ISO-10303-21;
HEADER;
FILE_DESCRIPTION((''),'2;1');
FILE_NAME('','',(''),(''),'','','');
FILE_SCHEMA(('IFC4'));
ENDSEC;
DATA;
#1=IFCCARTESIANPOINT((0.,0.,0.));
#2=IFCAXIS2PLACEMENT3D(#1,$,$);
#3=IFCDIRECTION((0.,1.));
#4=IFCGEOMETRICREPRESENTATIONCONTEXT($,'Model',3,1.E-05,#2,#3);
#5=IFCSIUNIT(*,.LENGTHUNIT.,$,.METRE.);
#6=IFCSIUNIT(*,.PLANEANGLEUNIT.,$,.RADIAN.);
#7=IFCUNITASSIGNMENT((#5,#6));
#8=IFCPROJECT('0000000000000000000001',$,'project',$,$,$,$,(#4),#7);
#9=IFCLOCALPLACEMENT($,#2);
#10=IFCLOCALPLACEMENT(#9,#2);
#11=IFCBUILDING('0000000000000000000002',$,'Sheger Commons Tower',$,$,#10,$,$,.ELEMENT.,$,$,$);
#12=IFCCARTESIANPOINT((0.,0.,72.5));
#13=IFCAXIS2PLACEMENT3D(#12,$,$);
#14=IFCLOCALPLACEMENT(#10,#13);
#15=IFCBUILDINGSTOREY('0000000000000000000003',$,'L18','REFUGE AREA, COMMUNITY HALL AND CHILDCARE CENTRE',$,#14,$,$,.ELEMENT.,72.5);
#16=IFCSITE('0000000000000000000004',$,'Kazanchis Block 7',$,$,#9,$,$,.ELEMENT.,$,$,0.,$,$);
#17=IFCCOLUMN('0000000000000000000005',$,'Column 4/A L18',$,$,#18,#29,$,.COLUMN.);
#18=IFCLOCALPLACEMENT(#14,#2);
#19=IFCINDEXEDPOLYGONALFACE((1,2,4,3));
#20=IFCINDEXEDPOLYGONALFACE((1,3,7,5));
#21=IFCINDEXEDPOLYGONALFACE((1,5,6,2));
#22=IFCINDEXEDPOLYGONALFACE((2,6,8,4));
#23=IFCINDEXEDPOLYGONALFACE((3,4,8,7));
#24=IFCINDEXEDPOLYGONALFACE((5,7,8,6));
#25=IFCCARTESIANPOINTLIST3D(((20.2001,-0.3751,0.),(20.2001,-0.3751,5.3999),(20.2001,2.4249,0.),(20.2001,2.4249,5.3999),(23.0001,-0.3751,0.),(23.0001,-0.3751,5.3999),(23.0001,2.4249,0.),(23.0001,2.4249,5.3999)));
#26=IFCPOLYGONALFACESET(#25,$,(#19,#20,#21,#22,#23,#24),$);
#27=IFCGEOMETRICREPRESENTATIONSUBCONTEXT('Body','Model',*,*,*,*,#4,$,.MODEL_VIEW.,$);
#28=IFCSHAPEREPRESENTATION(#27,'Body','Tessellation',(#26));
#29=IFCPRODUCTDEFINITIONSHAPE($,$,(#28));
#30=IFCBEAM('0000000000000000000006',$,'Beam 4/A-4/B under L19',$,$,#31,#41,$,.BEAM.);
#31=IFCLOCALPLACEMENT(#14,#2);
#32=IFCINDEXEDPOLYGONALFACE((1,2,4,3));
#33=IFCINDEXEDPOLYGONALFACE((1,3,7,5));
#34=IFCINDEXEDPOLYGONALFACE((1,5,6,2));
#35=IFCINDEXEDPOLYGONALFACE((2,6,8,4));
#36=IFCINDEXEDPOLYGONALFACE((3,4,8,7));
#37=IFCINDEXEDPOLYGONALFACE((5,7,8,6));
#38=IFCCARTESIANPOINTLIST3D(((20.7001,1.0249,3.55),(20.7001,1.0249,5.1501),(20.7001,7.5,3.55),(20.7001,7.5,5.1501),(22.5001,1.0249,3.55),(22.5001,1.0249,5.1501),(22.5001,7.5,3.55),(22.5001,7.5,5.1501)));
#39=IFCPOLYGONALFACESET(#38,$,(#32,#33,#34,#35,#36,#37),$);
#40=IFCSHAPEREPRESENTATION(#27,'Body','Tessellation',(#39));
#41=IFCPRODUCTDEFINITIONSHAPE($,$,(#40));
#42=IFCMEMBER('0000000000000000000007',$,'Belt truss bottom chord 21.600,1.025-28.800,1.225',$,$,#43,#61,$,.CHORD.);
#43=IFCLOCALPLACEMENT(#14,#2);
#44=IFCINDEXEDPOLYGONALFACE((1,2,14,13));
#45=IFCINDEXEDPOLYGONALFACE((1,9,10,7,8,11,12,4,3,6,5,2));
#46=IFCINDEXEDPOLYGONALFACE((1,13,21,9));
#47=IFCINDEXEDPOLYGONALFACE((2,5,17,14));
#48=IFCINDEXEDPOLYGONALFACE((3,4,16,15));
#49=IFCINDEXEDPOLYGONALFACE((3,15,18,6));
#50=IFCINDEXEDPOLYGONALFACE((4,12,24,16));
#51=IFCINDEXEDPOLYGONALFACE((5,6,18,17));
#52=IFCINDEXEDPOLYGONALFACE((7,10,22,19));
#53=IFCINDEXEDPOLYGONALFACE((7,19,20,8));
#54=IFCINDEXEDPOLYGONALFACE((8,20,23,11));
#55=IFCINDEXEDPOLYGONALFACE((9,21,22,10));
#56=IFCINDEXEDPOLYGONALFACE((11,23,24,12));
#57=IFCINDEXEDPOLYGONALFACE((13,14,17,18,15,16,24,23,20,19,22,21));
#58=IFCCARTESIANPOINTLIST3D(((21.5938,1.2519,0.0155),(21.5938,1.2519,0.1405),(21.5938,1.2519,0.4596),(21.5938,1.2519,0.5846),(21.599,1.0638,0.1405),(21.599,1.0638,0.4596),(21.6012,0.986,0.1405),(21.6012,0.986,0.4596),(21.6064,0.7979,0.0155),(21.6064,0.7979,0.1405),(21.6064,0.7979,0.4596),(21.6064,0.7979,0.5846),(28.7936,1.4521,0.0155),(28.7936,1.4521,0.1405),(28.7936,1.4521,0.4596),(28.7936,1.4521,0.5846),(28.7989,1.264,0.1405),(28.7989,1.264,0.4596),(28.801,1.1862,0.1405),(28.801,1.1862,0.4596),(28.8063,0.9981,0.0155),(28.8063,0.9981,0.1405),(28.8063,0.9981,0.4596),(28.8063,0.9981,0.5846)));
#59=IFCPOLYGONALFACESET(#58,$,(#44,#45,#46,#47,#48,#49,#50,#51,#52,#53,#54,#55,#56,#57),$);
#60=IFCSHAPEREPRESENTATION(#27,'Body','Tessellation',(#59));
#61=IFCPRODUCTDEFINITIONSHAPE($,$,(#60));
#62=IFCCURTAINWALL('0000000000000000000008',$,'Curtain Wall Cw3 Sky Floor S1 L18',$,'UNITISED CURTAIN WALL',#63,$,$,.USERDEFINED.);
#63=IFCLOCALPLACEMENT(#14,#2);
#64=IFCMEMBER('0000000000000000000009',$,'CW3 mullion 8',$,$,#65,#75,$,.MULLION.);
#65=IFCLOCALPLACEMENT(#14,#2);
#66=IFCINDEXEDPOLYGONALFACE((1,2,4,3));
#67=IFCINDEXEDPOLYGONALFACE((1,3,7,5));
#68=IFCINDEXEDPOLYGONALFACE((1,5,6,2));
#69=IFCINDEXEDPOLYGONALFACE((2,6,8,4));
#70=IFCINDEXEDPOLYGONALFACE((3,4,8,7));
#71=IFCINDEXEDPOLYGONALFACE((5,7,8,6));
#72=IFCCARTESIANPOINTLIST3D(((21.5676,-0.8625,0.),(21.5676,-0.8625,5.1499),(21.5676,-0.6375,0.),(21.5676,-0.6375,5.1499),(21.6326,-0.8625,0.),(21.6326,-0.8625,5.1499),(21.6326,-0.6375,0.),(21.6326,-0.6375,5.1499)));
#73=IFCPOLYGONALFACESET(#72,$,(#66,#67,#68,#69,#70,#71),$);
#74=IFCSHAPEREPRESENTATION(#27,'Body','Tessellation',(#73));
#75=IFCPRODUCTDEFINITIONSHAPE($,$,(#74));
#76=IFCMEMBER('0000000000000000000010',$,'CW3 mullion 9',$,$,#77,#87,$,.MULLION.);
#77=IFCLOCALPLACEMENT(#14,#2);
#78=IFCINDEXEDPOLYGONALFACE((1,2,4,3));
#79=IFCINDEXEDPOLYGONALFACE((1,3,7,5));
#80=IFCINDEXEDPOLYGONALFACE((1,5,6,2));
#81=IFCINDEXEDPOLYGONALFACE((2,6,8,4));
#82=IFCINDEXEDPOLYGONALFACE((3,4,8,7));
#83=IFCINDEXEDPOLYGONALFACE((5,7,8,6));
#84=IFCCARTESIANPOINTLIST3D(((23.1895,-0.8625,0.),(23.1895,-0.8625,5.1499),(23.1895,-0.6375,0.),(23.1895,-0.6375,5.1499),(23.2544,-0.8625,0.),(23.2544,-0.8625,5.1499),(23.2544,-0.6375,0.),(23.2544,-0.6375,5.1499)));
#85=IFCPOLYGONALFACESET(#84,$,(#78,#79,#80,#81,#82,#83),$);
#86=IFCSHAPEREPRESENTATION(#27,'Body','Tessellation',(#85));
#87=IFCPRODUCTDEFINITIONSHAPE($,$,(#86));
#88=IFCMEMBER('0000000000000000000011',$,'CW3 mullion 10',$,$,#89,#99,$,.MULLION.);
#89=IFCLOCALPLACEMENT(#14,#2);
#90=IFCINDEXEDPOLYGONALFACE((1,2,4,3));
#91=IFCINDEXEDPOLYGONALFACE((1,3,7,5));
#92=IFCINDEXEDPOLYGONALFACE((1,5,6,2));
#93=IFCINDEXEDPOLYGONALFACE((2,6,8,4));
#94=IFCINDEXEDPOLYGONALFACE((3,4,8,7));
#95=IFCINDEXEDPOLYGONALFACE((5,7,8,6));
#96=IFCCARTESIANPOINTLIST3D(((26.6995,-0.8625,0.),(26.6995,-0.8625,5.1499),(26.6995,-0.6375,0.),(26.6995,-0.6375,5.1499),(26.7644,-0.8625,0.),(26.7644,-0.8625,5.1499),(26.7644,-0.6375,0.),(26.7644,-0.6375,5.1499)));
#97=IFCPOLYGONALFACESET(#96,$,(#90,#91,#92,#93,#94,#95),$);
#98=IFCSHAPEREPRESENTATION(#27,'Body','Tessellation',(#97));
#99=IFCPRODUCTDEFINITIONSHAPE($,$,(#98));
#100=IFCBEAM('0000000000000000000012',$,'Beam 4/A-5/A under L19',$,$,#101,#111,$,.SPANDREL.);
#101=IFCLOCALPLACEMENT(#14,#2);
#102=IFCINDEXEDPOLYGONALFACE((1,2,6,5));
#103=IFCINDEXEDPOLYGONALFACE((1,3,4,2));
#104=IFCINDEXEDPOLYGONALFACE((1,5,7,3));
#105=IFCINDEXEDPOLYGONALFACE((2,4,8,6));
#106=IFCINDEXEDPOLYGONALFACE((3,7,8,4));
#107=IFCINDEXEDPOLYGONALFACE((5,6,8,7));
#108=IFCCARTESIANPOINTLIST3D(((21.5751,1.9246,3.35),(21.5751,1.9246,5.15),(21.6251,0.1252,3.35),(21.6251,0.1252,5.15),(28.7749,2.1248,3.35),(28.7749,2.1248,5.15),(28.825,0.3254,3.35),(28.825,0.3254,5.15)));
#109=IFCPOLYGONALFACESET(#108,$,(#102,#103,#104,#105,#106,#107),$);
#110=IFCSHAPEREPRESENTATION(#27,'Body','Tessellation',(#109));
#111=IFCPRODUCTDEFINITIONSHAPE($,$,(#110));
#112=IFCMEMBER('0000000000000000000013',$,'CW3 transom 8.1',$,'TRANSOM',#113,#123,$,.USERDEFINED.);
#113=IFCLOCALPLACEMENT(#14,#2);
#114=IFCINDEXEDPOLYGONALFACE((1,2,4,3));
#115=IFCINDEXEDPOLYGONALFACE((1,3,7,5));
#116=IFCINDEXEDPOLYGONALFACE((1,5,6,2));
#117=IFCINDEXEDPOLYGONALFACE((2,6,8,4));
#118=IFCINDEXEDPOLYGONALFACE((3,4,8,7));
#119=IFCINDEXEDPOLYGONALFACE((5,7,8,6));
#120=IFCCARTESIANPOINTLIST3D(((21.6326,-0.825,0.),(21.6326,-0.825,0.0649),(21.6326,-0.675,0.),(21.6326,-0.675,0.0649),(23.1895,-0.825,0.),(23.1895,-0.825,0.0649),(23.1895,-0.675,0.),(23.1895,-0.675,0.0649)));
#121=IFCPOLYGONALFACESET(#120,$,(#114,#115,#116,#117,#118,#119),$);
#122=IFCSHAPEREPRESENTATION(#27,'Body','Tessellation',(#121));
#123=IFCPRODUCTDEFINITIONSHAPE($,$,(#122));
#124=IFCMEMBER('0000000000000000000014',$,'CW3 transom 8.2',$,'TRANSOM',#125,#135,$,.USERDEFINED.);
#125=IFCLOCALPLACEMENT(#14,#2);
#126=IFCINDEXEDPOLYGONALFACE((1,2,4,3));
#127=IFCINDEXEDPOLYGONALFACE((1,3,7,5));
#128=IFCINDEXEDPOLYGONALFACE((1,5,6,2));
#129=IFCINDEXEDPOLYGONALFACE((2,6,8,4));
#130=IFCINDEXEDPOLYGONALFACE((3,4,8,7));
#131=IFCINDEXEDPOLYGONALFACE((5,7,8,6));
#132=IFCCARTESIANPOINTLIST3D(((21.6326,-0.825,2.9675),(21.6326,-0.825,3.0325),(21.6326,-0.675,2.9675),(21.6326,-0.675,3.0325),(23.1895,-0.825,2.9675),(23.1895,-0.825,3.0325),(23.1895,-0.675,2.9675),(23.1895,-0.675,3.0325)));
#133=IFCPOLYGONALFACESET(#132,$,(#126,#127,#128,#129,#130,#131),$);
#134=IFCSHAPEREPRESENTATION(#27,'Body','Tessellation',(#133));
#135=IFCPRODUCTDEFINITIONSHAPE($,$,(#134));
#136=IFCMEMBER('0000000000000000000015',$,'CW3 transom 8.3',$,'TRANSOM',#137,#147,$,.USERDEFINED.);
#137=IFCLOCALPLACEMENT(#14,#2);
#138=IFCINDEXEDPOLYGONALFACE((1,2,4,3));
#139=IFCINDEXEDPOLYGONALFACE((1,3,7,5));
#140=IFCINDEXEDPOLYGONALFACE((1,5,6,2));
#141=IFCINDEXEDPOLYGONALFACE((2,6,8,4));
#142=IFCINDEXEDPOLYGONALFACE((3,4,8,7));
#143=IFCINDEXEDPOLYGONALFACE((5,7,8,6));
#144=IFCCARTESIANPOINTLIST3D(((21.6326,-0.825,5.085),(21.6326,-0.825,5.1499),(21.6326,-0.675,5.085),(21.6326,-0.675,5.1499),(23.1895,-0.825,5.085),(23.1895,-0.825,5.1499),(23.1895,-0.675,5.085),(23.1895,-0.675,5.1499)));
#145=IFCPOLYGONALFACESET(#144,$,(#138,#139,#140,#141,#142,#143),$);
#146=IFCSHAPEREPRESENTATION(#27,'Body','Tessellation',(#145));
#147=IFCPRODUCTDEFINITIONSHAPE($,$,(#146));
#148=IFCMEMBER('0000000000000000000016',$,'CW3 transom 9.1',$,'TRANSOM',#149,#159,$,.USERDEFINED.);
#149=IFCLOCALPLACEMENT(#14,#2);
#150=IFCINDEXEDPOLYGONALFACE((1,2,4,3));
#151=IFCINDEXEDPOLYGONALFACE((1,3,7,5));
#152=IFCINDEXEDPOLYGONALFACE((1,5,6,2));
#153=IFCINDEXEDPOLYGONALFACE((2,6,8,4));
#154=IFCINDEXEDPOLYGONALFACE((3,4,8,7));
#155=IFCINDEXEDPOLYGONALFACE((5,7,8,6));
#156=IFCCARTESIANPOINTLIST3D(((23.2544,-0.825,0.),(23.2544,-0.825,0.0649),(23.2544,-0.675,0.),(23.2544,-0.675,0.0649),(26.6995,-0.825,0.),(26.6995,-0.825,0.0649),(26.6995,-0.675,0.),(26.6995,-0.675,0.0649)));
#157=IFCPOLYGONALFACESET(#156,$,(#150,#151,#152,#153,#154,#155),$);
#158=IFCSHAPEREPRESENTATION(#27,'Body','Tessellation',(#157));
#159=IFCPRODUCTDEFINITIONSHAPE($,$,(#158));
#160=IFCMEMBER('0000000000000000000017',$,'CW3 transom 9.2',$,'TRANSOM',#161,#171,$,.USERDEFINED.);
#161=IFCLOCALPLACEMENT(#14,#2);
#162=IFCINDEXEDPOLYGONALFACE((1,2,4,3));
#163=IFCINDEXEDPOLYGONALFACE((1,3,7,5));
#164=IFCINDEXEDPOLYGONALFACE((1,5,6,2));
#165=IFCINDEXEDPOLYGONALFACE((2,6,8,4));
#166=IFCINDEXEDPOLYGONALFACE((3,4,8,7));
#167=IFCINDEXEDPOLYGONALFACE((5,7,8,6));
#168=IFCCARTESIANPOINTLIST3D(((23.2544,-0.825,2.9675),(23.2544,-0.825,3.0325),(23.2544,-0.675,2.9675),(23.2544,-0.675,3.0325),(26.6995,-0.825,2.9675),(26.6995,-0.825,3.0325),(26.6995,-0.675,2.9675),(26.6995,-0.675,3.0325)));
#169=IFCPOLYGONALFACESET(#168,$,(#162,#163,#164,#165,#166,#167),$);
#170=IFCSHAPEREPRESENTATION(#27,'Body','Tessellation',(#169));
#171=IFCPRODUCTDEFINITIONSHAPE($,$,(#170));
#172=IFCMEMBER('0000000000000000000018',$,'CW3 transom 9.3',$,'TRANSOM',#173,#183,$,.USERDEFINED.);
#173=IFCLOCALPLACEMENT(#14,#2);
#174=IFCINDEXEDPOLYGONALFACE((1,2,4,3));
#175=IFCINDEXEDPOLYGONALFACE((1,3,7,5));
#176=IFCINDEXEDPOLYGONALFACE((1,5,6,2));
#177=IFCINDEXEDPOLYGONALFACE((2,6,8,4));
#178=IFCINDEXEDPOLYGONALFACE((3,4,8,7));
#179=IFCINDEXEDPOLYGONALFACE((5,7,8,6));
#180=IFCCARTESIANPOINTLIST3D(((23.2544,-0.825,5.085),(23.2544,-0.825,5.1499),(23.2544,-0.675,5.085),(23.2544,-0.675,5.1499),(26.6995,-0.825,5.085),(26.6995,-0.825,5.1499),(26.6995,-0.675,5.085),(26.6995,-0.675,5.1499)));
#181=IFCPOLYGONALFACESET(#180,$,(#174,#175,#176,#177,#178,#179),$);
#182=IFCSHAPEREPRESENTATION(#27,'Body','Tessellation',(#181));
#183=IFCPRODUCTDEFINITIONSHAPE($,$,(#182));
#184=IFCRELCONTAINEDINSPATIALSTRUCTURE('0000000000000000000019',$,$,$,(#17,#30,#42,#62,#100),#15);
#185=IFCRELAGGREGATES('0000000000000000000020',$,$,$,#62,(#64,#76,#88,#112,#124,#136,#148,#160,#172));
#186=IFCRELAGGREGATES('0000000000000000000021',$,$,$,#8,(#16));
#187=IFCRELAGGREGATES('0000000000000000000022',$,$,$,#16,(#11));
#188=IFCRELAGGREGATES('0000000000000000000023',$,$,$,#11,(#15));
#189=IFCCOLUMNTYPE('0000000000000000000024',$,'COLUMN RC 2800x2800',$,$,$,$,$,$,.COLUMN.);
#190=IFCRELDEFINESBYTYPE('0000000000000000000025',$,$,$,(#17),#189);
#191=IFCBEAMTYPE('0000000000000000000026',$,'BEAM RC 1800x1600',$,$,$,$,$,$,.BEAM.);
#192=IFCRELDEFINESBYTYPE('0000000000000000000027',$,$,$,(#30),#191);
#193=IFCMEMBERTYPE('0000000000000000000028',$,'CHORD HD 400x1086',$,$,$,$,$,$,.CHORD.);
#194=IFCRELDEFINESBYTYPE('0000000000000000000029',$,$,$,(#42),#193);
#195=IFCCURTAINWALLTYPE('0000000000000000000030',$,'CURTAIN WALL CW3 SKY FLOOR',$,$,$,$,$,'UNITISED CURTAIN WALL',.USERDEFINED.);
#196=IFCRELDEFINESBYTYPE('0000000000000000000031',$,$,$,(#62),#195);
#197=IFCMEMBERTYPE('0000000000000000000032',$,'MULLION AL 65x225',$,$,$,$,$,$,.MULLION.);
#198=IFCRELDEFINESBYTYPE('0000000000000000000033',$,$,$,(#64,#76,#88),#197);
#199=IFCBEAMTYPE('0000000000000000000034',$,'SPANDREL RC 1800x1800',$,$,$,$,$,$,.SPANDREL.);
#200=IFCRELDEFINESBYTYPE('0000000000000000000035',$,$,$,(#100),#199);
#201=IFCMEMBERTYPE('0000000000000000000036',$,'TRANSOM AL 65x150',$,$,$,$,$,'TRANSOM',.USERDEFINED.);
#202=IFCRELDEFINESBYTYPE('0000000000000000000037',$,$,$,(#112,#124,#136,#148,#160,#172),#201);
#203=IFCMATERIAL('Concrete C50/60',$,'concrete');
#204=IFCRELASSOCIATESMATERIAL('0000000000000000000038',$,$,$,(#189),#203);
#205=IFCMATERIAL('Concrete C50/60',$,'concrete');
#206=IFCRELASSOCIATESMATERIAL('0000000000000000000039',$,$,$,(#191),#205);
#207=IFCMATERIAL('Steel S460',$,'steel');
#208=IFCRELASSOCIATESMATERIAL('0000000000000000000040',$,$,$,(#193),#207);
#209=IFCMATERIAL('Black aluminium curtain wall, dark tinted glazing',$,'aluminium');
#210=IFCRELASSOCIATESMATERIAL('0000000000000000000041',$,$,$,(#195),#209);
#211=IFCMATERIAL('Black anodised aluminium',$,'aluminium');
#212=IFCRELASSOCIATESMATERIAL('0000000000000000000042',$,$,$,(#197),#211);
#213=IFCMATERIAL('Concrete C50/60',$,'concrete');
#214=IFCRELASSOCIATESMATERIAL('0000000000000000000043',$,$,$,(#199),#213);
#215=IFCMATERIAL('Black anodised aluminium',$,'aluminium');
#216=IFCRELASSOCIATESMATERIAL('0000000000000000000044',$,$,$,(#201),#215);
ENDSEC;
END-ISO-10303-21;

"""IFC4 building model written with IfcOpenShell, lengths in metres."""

from ifc_helpers import new_model, si_unit, direction, frame, origin, origin_2d, place, context, subcontext, project, spatial, rectangle, i_section, extrude, material, material_profile, profile_set, type_object, element, aggregate, save


model = new_model("IFC4")

# Units and contexts
model_context = context("Model", 3, precision=1e-05, world=origin(), true_north=direction((0.0, 1.0)))
body_context = subcontext(model_context, "Body", "Model", "MODEL_VIEW")
ifc_project = project(units=[si_unit("LENGTHUNIT", "METRE"), si_unit("PLANEANGLEUNIT", "RADIAN")], contexts=[model_context])

# Site, building, storey
site_placement = place(None, origin())
site = spatial("IfcSite", under=ifc_project, at=site_placement, Name="Kazanchis Block 7", CompositionType="ELEMENT", RefElevation=0.0)
building_placement = place(site_placement, origin())
building = spatial("IfcBuilding", under=site, at=building_placement, Name="Sheger Commons Tower", CompositionType="ELEMENT")
storey_placement = place(building_placement, frame((0.0, 0.0, 72.5)))
storey = spatial("IfcBuildingStorey", under=building, at=storey_placement, Name="L18", Description="REFUGE AREA, COMMUNITY HALL AND CHILDCARE CENTRE", CompositionType="ELEMENT", Elevation=72.5)

# Column
ifc_material_1 = material(Name="Concrete C50/60", Category="concrete")
ifc_material_profile_1 = material_profile(ifc_material_1, rectangle(XDim=2.8, YDim=2.8, at=origin_2d()), Name="RC 2800x2800")
ifc_profile_set_1 = profile_set([ifc_material_profile_1], Name="Concrete C50/60")
column_type = type_object("IfcColumnType", Name="COLUMN RC 2800x2800", PredefinedType="COLUMN", material=ifc_profile_set_1)
column_placement = place(storey_placement, frame((21.6001, 1.0249, 0.0), z_axis=(0.0, 0.0, 1.0), x_axis=(1.0, 0.0, 0.0)))
element("IfcColumn", 1, at=column_placement, inside=storey, type_object=column_type, Name="Column 4/A L18", PredefinedType="COLUMN", context=body_context, shape_type="SweptSolid", body=[
    extrude(rectangle(XDim=2.8, YDim=2.8, at=origin_2d()), origin(), (0.0, 0.0, 1.0), 5.3999),
])

# Beam
ifc_material_2 = material(Name="Concrete C50/60", Category="concrete")
ifc_material_profile_2 = material_profile(ifc_material_2, rectangle(XDim=1.8, YDim=1.6001, at=origin_2d()), Name="RC 1800x1600")
ifc_profile_set_2 = profile_set([ifc_material_profile_2], Name="Concrete C50/60")
beam_type_1 = type_object("IfcBeamType", Name="BEAM RC 1800x1600", PredefinedType="BEAM", material=ifc_profile_set_2)
beam_1_placement = place(storey_placement, frame((21.6001, 1.0249, 4.3501), z_axis=(0.0, 1.0, 0.0), x_axis=(-1.0, 0.0, 0.0)))
element("IfcBeam", 2, at=beam_1_placement, inside=storey, type_object=beam_type_1, Name="Beam 4/A-4/B under L19", PredefinedType="BEAM", context=body_context, shape_type="SweptSolid", body=[
    extrude(rectangle(XDim=1.8, YDim=1.6001, at=origin_2d()), origin(), (0.0, 0.0, 1.0), 6.4751),
])

# Member
ifc_material_3 = material(Name="Steel S460", Category="steel")
ifc_material_profile_3 = material_profile(ifc_material_3, i_section(OverallWidth=0.4541, OverallDepth=0.5691, WebThickness=0.0779, FlangeThickness=0.125, at=origin_2d()), Name="HD 400x1086")
ifc_profile_set_3 = profile_set([ifc_material_profile_3], Name="Steel S460")
member_type_1 = type_object("IfcMemberType", Name="CHORD HD 400x1086", PredefinedType="CHORD", material=ifc_profile_set_3)
member_1_placement = place(storey_placement, frame((21.6001, 1.0249, 0.3), z_axis=(0.999614, 0.027794, 0.0), x_axis=(-0.027794, 0.999614, 0.0)))
element("IfcMember", 3, at=member_1_placement, inside=storey, type_object=member_type_1, Name="Belt truss bottom chord 21.600,1.025-28.800,1.225", PredefinedType="CHORD", context=body_context, shape_type="SweptSolid", body=[
    extrude(i_section(OverallWidth=0.4541, OverallDepth=0.5691, WebThickness=0.0779, FlangeThickness=0.125, at=origin_2d()), origin(), (0.0, 0.0, 1.0), 7.2026),
])

# Curtain wall, members
ifc_material_4 = material(Name="Black aluminium curtain wall, dark tinted glazing", Category="aluminium")
curtain_wall_type = type_object("IfcCurtainWallType", Name="CURTAIN WALL CW3 SKY FLOOR", ElementType="UNITISED CURTAIN WALL", PredefinedType="USERDEFINED", material=ifc_material_4)
curtain_wall_placement = place(storey_placement, origin())
curtain_wall = element("IfcCurtainWall", 4, at=curtain_wall_placement, inside=storey, type_object=curtain_wall_type, Name="Curtain Wall Cw3 Sky Floor S1 L18", ObjectType="UNITISED CURTAIN WALL", PredefinedType="USERDEFINED")
ifc_material_5 = material(Name="Black anodised aluminium", Category="aluminium")
ifc_material_profile_4 = material_profile(ifc_material_5, rectangle(XDim=0.2251, YDim=0.0649, at=origin_2d()), Name="AL 65x225")
ifc_profile_set_4 = profile_set([ifc_material_profile_4], Name="Black anodised aluminium")
member_type_2 = type_object("IfcMemberType", Name="MULLION AL 65x225", PredefinedType="MULLION", material=ifc_profile_set_4)
member_2_placement = place(storey_placement, frame((21.6001, -0.75, 0.0), z_axis=(0.0, 0.0, 1.0), x_axis=(0.0, 1.0, 0.0)))
member_2 = element("IfcMember", 5, at=member_2_placement, type_object=member_type_2, Name="CW3 mullion 8", PredefinedType="MULLION", context=body_context, shape_type="SweptSolid", body=[
    extrude(rectangle(XDim=0.2251, YDim=0.0649, at=origin_2d()), origin(), (0.0, 0.0, 1.0), 5.1499),
])
member_3_placement = place(storey_placement, frame((23.2219, -0.75, 0.0), z_axis=(0.0, 0.0, 1.0), x_axis=(0.0, 1.0, 0.0)))
member_3 = element("IfcMember", 6, at=member_3_placement, type_object=member_type_2, Name="CW3 mullion 9", PredefinedType="MULLION", context=body_context, shape_type="SweptSolid", body=[
    extrude(rectangle(XDim=0.2251, YDim=0.0649, at=origin_2d()), origin(), (0.0, 0.0, 1.0), 5.1499),
])
member_4_placement = place(storey_placement, frame((26.7319, -0.75, 0.0), z_axis=(0.0, 0.0, 1.0), x_axis=(0.0, 1.0, 0.0)))
member_4 = element("IfcMember", 7, at=member_4_placement, type_object=member_type_2, Name="CW3 mullion 10", PredefinedType="MULLION", context=body_context, shape_type="SweptSolid", body=[
    extrude(rectangle(XDim=0.2251, YDim=0.0649, at=origin_2d()), origin(), (0.0, 0.0, 1.0), 5.1499),
])

# Beam
ifc_material_6 = material(Name="Concrete C50/60", Category="concrete")
ifc_material_profile_5 = material_profile(ifc_material_6, rectangle(XDim=1.8, YDim=1.8, at=origin_2d()), Name="RC 1800x1800")
ifc_profile_set_5 = profile_set([ifc_material_profile_5], Name="Concrete C50/60")
beam_type_2 = type_object("IfcBeamType", Name="SPANDREL RC 1800x1800", PredefinedType="SPANDREL", material=ifc_profile_set_5)
beam_2_placement = place(storey_placement, frame((21.6001, 1.0249, 4.25), z_axis=(0.999614, 0.027794, 0.0), x_axis=(-0.027794, 0.999614, 0.0)))
element("IfcBeam", 8, at=beam_2_placement, inside=storey, type_object=beam_type_2, Name="Beam 4/A-5/A under L19", PredefinedType="SPANDREL", context=body_context, shape_type="SweptSolid", body=[
    extrude(rectangle(XDim=1.8, YDim=1.8, at=origin_2d()), origin(), (0.0, 0.0, 1.0), 7.2026),
])

# Members
ifc_material_7 = material(Name="Black anodised aluminium", Category="aluminium")
ifc_material_profile_6 = material_profile(ifc_material_7, rectangle(XDim=0.1499, YDim=0.0649, at=origin_2d()), Name="AL 65x150")
ifc_profile_set_6 = profile_set([ifc_material_profile_6], Name="Black anodised aluminium")
member_type_3 = type_object("IfcMemberType", Name="TRANSOM AL 65x150", ElementType="TRANSOM", PredefinedType="USERDEFINED", material=ifc_profile_set_6)
member_5_placement = place(storey_placement, frame((21.6326, -0.75, 0.0325), z_axis=(1.0, 0.0, 0.0), x_axis=(0.0, 1.0, 0.0)))
member_5 = element("IfcMember", 9, at=member_5_placement, type_object=member_type_3, Name="CW3 transom 8.1", ObjectType="TRANSOM", PredefinedType="USERDEFINED", context=body_context, shape_type="SweptSolid", body=[
    extrude(rectangle(XDim=0.1499, YDim=0.0649, at=origin_2d()), origin(), (0.0, 0.0, 1.0), 1.5569),
])
member_6_placement = place(storey_placement, frame((21.6326, -0.75, 3.0), z_axis=(1.0, 0.0, 0.0), x_axis=(0.0, 1.0, 0.0)))
member_6 = element("IfcMember", 10, at=member_6_placement, type_object=member_type_3, Name="CW3 transom 8.2", ObjectType="TRANSOM", PredefinedType="USERDEFINED", context=body_context, shape_type="SweptSolid", body=[
    extrude(rectangle(XDim=0.1499, YDim=0.0649, at=origin_2d()), origin(), (0.0, 0.0, 1.0), 1.5569),
])
member_7_placement = place(storey_placement, frame((21.6326, -0.75, 5.1174), z_axis=(1.0, 0.0, 0.0), x_axis=(0.0, 1.0, 0.0)))
member_7 = element("IfcMember", 11, at=member_7_placement, type_object=member_type_3, Name="CW3 transom 8.3", ObjectType="TRANSOM", PredefinedType="USERDEFINED", context=body_context, shape_type="SweptSolid", body=[
    extrude(rectangle(XDim=0.1499, YDim=0.0649, at=origin_2d()), origin(), (0.0, 0.0, 1.0), 1.5569),
])
member_8_placement = place(storey_placement, frame((23.2544, -0.75, 0.0325), z_axis=(1.0, 0.0, 0.0), x_axis=(0.0, 1.0, 0.0)))
member_8 = element("IfcMember", 12, at=member_8_placement, type_object=member_type_3, Name="CW3 transom 9.1", ObjectType="TRANSOM", PredefinedType="USERDEFINED", context=body_context, shape_type="SweptSolid", body=[
    extrude(rectangle(XDim=0.1499, YDim=0.0649, at=origin_2d()), origin(), (0.0, 0.0, 1.0), 3.4451),
])
member_9_placement = place(storey_placement, frame((23.2544, -0.75, 3.0), z_axis=(1.0, 0.0, 0.0), x_axis=(0.0, 1.0, 0.0)))
member_9 = element("IfcMember", 13, at=member_9_placement, type_object=member_type_3, Name="CW3 transom 9.2", ObjectType="TRANSOM", PredefinedType="USERDEFINED", context=body_context, shape_type="SweptSolid", body=[
    extrude(rectangle(XDim=0.1499, YDim=0.0649, at=origin_2d()), origin(), (0.0, 0.0, 1.0), 3.4451),
])
member_10_placement = place(storey_placement, frame((23.2544, -0.75, 5.1174), z_axis=(1.0, 0.0, 0.0), x_axis=(0.0, 1.0, 0.0)))
member_10 = element("IfcMember", 14, at=member_10_placement, type_object=member_type_3, Name="CW3 transom 9.3", ObjectType="TRANSOM", PredefinedType="USERDEFINED", context=body_context, shape_type="SweptSolid", body=[
    extrude(rectangle(XDim=0.1499, YDim=0.0649, at=origin_2d()), origin(), (0.0, 0.0, 1.0), 3.4451),
])

aggregate(curtain_wall, [member_2, member_3, member_4, member_5, member_6, member_7, member_8, member_9, member_10])

save(model, "model.ifc")
